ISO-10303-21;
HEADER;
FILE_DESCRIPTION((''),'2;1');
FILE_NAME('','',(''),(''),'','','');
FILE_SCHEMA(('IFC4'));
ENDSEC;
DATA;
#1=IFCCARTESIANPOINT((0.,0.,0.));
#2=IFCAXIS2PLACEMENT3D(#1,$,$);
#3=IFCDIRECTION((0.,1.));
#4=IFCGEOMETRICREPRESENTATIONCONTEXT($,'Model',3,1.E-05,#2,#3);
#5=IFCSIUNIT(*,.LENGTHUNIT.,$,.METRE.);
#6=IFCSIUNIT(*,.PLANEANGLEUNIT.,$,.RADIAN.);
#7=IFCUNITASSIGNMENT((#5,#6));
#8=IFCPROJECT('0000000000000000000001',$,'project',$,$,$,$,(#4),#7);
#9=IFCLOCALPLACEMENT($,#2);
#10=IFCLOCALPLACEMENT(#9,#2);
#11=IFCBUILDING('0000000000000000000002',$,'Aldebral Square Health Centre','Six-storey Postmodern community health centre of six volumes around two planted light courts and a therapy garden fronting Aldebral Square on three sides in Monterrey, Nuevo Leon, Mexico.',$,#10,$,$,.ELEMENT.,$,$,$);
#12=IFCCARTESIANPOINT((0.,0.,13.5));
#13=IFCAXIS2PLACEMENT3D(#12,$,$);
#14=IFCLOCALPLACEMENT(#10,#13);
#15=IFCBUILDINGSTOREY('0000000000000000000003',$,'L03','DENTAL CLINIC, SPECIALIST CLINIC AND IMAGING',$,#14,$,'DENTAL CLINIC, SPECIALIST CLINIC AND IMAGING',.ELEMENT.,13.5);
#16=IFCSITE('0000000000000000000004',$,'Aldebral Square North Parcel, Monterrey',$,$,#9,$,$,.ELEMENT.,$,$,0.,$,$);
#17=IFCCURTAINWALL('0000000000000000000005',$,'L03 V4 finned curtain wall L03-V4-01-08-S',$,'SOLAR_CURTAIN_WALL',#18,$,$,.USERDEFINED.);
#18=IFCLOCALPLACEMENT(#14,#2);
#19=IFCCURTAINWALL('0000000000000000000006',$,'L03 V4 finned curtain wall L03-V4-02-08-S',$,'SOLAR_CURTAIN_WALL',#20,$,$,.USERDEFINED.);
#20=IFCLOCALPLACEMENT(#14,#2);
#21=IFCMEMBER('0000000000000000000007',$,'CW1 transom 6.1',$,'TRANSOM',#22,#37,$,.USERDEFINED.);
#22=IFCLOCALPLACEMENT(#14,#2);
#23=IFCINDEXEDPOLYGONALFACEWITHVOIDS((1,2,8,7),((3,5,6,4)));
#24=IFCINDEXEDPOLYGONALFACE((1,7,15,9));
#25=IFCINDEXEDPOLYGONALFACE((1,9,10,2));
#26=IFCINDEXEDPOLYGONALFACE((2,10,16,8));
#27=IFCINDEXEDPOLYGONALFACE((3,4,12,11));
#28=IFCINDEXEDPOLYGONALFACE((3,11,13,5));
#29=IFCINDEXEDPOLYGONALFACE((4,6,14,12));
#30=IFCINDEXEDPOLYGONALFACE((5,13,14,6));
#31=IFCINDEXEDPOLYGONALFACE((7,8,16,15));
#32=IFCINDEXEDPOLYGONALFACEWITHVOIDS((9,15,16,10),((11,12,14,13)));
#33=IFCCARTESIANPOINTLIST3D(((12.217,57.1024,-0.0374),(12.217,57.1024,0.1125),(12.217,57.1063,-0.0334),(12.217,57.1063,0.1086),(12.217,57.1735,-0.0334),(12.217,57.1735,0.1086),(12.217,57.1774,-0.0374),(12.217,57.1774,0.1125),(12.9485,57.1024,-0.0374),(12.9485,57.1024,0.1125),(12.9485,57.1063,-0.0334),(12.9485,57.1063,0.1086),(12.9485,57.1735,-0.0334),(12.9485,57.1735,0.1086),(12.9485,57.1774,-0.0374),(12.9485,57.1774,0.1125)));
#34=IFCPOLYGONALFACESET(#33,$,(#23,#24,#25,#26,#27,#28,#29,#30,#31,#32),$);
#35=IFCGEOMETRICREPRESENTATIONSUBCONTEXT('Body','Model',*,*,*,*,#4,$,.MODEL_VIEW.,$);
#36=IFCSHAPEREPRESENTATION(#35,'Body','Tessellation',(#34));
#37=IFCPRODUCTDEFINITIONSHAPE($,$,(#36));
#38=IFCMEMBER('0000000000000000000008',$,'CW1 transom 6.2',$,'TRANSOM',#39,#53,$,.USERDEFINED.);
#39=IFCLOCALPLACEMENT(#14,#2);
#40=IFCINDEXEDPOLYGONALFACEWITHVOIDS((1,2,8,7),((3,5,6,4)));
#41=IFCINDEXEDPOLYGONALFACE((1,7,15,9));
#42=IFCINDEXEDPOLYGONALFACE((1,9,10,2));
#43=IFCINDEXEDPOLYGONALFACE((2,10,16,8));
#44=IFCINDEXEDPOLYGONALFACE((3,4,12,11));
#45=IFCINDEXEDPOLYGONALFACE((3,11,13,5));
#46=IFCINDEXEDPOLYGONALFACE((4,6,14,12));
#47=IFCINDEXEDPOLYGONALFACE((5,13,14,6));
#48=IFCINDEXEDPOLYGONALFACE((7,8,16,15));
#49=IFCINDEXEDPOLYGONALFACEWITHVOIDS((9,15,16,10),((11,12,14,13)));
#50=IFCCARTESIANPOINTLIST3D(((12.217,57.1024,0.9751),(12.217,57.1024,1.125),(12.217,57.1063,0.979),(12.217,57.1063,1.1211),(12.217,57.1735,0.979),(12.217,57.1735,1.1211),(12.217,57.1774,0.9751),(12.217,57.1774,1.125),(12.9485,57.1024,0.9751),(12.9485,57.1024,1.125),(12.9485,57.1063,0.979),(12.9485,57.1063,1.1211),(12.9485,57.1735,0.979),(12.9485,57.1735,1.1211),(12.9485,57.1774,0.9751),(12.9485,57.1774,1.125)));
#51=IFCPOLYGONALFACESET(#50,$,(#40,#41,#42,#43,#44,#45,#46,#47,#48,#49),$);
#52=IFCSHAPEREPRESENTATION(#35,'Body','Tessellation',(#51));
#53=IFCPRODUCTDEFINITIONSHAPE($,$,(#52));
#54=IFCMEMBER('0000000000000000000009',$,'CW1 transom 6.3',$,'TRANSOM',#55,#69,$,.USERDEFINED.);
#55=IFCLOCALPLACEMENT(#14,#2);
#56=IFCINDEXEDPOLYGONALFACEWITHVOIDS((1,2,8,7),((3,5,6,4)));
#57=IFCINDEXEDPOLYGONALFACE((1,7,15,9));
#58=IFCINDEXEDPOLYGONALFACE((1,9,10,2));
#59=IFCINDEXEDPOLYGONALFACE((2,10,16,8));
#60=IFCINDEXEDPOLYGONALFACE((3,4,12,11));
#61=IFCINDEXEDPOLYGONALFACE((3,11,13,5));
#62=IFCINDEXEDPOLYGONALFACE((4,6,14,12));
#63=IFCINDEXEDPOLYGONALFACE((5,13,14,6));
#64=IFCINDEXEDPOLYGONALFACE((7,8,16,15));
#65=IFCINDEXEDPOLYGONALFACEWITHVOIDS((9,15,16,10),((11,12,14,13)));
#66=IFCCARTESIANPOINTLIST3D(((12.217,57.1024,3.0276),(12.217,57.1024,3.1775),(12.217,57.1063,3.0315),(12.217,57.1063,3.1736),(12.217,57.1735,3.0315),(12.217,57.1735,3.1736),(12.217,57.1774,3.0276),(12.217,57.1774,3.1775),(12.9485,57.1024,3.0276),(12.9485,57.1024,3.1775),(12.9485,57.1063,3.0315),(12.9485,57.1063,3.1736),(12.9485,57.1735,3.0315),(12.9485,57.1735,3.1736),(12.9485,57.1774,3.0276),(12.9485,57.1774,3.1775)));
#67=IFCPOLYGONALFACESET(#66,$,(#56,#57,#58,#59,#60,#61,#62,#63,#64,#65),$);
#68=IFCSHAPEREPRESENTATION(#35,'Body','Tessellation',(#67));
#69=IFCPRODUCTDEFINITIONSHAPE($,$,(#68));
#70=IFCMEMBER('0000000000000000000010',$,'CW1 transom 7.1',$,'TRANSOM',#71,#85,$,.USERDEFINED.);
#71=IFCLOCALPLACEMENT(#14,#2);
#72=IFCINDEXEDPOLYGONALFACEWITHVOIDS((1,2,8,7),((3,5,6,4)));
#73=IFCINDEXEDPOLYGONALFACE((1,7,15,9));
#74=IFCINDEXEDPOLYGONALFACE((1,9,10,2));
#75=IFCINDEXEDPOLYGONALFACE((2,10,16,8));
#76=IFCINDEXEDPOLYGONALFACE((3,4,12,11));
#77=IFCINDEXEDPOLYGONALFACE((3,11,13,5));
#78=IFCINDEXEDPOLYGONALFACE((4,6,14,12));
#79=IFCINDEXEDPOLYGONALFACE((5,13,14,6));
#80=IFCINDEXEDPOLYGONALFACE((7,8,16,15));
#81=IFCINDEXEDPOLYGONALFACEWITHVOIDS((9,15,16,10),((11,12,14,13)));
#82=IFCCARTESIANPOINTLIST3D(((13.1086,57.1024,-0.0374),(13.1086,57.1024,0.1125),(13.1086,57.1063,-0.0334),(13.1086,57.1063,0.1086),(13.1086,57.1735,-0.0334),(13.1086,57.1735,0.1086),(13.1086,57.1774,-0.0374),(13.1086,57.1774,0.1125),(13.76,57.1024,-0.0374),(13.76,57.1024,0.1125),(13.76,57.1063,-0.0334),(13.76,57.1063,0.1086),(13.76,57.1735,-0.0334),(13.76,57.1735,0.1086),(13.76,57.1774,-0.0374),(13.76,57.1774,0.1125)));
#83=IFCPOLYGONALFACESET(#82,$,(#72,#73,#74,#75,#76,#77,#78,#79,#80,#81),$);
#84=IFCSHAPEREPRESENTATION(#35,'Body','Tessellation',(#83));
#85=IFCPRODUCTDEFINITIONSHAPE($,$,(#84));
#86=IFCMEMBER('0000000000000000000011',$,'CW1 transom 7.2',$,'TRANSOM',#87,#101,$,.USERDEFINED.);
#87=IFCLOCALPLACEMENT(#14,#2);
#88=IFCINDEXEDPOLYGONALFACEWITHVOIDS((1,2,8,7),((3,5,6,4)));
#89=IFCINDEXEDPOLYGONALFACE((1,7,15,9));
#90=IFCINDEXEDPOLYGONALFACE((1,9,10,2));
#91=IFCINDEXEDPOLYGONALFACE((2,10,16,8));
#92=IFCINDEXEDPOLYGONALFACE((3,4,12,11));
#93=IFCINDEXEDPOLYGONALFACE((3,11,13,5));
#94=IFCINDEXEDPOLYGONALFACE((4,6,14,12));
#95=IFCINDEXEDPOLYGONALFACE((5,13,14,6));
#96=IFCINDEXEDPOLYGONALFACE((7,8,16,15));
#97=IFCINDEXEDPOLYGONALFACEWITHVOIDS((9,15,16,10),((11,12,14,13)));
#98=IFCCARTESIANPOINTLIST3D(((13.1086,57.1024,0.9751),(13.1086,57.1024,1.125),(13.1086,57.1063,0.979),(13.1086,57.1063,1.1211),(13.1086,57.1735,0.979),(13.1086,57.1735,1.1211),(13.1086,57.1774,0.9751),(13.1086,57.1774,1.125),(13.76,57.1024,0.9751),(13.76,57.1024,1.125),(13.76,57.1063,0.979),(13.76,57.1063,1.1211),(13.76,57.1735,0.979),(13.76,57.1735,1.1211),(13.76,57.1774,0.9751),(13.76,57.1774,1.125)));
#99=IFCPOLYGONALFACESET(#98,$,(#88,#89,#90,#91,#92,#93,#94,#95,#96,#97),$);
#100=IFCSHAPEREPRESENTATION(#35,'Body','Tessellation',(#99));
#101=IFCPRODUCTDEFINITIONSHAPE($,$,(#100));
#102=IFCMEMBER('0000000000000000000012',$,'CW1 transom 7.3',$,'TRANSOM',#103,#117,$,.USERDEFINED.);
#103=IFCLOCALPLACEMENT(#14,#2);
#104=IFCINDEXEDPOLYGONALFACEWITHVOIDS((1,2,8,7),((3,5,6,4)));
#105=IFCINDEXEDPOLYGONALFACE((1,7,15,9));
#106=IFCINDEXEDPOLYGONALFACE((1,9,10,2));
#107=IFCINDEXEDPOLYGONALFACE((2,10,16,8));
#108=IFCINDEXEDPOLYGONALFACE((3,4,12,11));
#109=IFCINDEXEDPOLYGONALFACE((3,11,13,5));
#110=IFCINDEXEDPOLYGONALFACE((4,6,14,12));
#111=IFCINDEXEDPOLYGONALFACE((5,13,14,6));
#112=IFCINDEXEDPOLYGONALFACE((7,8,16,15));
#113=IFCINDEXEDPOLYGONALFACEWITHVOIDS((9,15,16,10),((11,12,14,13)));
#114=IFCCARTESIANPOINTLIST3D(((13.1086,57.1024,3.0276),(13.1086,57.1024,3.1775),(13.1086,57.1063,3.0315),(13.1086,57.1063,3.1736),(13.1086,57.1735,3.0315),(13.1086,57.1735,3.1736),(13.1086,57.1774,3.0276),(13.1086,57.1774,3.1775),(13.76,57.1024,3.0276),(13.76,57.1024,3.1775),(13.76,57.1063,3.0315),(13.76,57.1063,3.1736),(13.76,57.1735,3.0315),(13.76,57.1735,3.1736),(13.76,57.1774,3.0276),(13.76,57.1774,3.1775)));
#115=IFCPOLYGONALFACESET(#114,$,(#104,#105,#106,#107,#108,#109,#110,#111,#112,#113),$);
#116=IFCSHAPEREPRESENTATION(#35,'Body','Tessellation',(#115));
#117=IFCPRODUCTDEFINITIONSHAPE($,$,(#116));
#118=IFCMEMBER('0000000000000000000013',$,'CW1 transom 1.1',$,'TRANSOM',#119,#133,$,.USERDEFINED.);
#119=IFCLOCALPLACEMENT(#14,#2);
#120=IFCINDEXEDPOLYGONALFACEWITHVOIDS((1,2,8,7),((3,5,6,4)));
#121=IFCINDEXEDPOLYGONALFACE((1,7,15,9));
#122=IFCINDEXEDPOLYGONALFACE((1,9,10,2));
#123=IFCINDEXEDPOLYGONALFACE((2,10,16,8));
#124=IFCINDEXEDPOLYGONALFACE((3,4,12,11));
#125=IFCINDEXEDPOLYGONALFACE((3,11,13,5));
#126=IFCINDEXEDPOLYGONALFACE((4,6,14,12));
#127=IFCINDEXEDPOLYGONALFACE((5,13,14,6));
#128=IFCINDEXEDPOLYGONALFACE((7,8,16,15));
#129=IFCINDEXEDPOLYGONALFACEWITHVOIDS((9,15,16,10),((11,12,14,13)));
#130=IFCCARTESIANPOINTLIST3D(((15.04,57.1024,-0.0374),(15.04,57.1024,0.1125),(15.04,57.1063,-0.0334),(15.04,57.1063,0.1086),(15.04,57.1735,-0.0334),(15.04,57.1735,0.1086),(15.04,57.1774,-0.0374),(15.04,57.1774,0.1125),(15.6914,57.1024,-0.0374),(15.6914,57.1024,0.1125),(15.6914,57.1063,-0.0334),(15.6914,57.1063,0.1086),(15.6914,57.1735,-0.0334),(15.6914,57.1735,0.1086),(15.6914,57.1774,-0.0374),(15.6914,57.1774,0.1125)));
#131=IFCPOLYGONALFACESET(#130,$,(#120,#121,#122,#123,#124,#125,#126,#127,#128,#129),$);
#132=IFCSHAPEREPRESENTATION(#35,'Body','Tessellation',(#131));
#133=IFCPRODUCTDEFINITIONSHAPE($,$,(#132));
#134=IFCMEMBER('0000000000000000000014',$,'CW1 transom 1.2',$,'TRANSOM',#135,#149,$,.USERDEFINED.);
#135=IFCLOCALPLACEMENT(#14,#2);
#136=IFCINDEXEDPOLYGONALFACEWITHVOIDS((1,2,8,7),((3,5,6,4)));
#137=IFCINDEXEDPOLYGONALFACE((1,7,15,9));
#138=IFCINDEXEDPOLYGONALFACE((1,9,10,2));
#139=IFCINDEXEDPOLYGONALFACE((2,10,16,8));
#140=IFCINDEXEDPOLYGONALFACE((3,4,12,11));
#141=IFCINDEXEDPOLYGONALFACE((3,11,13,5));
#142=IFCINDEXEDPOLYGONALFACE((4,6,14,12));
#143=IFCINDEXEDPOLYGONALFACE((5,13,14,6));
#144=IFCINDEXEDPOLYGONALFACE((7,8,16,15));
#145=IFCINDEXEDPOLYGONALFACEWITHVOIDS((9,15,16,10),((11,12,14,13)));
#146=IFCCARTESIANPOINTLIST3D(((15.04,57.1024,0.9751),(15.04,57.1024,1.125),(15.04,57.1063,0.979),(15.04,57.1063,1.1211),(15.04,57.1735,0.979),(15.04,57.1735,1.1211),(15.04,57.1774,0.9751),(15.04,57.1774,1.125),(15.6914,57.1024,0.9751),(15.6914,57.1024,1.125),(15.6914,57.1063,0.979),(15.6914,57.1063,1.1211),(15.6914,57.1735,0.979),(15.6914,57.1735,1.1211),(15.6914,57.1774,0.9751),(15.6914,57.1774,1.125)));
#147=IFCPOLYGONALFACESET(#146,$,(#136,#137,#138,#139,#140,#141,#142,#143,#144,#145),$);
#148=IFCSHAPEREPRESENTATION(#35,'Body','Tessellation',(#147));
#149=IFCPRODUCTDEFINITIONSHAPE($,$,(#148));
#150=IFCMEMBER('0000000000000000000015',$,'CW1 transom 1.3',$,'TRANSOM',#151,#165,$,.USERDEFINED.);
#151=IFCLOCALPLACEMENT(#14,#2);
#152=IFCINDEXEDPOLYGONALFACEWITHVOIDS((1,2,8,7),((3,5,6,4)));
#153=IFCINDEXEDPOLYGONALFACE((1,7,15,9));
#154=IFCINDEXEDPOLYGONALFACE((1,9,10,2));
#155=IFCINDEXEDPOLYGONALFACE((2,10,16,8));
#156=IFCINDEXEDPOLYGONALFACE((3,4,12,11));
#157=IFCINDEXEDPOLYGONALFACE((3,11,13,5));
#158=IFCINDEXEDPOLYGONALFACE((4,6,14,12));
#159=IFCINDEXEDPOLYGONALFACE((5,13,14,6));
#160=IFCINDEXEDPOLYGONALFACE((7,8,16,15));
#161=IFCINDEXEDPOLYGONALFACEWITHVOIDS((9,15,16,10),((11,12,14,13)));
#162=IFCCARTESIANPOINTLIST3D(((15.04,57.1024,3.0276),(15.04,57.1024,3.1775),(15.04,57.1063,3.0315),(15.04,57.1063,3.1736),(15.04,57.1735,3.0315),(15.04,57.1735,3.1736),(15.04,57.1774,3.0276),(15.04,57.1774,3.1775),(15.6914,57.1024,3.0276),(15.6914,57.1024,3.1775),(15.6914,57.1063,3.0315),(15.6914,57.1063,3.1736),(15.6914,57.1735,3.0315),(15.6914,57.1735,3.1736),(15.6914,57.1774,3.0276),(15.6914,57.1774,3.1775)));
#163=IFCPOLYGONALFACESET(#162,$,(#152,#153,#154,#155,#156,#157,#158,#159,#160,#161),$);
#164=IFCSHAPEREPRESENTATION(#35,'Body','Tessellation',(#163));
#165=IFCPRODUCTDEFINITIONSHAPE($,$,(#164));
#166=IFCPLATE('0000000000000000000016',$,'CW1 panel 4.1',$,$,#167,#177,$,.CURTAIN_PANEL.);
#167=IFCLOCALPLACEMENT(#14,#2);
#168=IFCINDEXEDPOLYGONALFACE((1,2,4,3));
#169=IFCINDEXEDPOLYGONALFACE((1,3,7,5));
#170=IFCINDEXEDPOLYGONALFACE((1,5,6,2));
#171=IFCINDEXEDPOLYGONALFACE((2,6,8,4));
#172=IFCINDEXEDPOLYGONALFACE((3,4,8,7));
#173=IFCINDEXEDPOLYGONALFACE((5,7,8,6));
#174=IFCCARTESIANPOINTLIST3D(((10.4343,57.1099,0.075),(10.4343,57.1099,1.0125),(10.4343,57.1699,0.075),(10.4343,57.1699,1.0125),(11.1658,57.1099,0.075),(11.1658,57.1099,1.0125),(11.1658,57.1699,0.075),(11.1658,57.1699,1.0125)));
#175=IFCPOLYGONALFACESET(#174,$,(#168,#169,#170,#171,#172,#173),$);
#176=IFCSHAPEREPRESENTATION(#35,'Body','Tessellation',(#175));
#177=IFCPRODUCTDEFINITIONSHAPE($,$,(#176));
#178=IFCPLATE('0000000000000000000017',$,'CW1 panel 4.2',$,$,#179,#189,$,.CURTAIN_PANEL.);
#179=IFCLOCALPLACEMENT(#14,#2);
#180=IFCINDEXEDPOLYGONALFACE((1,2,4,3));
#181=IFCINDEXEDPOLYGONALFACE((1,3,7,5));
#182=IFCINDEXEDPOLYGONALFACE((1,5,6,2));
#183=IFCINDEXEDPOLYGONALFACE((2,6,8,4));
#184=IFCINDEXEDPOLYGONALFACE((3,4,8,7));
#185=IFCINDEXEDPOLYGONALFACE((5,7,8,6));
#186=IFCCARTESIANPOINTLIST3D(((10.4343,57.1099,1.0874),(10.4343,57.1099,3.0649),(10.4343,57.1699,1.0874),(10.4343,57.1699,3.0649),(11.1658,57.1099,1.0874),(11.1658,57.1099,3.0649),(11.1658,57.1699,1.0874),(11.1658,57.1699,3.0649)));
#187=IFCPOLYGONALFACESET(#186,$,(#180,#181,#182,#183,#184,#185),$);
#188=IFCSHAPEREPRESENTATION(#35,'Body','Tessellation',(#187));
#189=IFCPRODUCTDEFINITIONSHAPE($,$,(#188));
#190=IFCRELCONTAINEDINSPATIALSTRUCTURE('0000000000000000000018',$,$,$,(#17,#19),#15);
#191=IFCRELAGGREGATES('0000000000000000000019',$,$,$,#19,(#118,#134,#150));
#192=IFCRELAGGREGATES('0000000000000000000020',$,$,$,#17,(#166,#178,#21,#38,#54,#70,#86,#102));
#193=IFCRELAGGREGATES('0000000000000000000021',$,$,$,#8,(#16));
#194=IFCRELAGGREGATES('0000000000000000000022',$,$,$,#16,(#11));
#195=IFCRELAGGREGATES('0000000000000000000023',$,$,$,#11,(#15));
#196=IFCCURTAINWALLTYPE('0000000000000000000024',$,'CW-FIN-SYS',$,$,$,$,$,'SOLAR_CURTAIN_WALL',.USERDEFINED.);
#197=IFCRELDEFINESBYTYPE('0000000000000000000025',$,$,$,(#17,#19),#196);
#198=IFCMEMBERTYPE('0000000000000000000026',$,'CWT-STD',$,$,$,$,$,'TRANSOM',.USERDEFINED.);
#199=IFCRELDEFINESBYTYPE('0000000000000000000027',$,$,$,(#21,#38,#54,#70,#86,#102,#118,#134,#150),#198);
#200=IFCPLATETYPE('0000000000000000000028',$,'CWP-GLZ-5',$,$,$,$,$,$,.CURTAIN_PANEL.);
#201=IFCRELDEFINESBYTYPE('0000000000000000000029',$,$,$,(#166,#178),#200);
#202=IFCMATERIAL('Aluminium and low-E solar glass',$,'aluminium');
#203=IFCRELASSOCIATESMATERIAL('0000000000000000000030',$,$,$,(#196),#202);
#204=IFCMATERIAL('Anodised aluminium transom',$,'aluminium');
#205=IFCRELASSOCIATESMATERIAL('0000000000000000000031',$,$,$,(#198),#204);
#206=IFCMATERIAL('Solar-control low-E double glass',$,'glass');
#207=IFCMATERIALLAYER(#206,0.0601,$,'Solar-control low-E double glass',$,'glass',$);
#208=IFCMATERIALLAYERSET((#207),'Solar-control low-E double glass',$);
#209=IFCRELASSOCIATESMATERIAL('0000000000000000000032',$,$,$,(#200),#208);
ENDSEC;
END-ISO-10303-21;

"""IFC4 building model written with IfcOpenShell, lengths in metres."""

from ifc_helpers import new_model, si_unit, direction, frame, origin, origin_2d, place, context, subcontext, project, spatial, rectangle, hollow_rectangle, extrude, material, layer, layer_set, material_profile, profile_set, type_object, element, aggregate, save


model = new_model("IFC4")

# Units and contexts
model_context = context("Model", 3, precision=1e-05, world=origin(), true_north=direction((0.0, 1.0)))
body_context = subcontext(model_context, "Body", "Model", "MODEL_VIEW")
ifc_project = project(units=[si_unit("LENGTHUNIT", "METRE"), si_unit("PLANEANGLEUNIT", "RADIAN")], contexts=[model_context])

# Site, building, storey
site_placement = place(None, origin())
site = spatial("IfcSite", under=ifc_project, at=site_placement, Name="Aldebral Square North Parcel, Monterrey", CompositionType="ELEMENT", RefElevation=0.0)
building_placement = place(site_placement, origin())
building = spatial("IfcBuilding", under=site, at=building_placement, Name="Aldebral Square Health Centre", Description="Six-storey Postmodern community health centre of six volumes around two planted light courts and a therapy garden fronting Aldebral Square on three sides in Monterrey, Nuevo Leon, Mexico.", CompositionType="ELEMENT")
storey_placement = place(building_placement, frame((0.0, 0.0, 13.5)))
storey = spatial("IfcBuildingStorey", under=building, at=storey_placement, Name="L03", Description="DENTAL CLINIC, SPECIALIST CLINIC AND IMAGING", LongName="DENTAL CLINIC, SPECIALIST CLINIC AND IMAGING", CompositionType="ELEMENT", Elevation=13.5)

# Curtain wall
ifc_material_1 = material(Name="Aluminium and low-E solar glass", Category="aluminium")
curtain_wall_type = type_object("IfcCurtainWallType", Name="CW-FIN-SYS", ElementType="SOLAR_CURTAIN_WALL", PredefinedType="USERDEFINED", material=ifc_material_1)
curtain_wall_1_placement = place(storey_placement, origin())
curtain_wall_1 = element("IfcCurtainWall", 1, at=curtain_wall_1_placement, inside=storey, type_object=curtain_wall_type, Name="L03 V4 finned curtain wall L03-V4-01-08-S", ObjectType="SOLAR_CURTAIN_WALL", PredefinedType="USERDEFINED")

# Curtain wall
curtain_wall_2_placement = place(storey_placement, origin())
curtain_wall_2 = element("IfcCurtainWall", 2, at=curtain_wall_2_placement, inside=storey, type_object=curtain_wall_type, Name="L03 V4 finned curtain wall L03-V4-02-08-S", ObjectType="SOLAR_CURTAIN_WALL", PredefinedType="USERDEFINED")

# Members
ifc_material_2 = material(Name="Anodised aluminium transom", Category="aluminium")
ifc_material_profile_1 = material_profile(ifc_material_2, hollow_rectangle(XDim=0.075, YDim=0.1499, WallThickness=0.0039, at=origin_2d()), Name="CWT 75x150x4")
ifc_profile_set_1 = profile_set([ifc_material_profile_1], Name="Anodised aluminium transom")
member_type_1 = type_object("IfcMemberType", Name="CWT-STD", ElementType="TRANSOM", PredefinedType="USERDEFINED", material=ifc_profile_set_1)
member_1_placement = place(storey_placement, frame((12.217, 57.1399, 0.0376), z_axis=(1.0, 0.0, 0.0), x_axis=(0.0, 1.0, 0.0)))
member_1 = element("IfcMember", 3, at=member_1_placement, type_object=member_type_1, Name="CW1 transom 6.1", ObjectType="TRANSOM", PredefinedType="USERDEFINED", context=body_context, shape_type="SweptSolid", body=[
    extrude(hollow_rectangle(XDim=0.075, YDim=0.1499, WallThickness=0.0039, at=origin_2d()), origin(), (0.0, 0.0, 1.0), 0.7314),
])
member_2_placement = place(storey_placement, frame((12.217, 57.1399, 1.05), z_axis=(1.0, 0.0, 0.0), x_axis=(0.0, 1.0, 0.0)))
member_2 = element("IfcMember", 4, at=member_2_placement, type_object=member_type_1, Name="CW1 transom 6.2", ObjectType="TRANSOM", PredefinedType="USERDEFINED", context=body_context, shape_type="SweptSolid", body=[
    extrude(hollow_rectangle(XDim=0.075, YDim=0.1499, WallThickness=0.0039, at=origin_2d()), origin(), (0.0, 0.0, 1.0), 0.7314),
])
member_3_placement = place(storey_placement, frame((12.217, 57.1399, 3.1025), z_axis=(1.0, 0.0, 0.0), x_axis=(0.0, 1.0, 0.0)))
member_3 = element("IfcMember", 5, at=member_3_placement, type_object=member_type_1, Name="CW1 transom 6.3", ObjectType="TRANSOM", PredefinedType="USERDEFINED", context=body_context, shape_type="SweptSolid", body=[
    extrude(hollow_rectangle(XDim=0.075, YDim=0.1499, WallThickness=0.0039, at=origin_2d()), origin(), (0.0, 0.0, 1.0), 0.7314),
])
member_4_placement = place(storey_placement, frame((13.1086, 57.1399, 0.0376), z_axis=(1.0, 0.0, 0.0), x_axis=(0.0, 1.0, 0.0)))
member_4 = element("IfcMember", 6, at=member_4_placement, type_object=member_type_1, Name="CW1 transom 7.1", ObjectType="TRANSOM", PredefinedType="USERDEFINED", context=body_context, shape_type="SweptSolid", body=[
    extrude(hollow_rectangle(XDim=0.075, YDim=0.1499, WallThickness=0.0039, at=origin_2d()), origin(), (0.0, 0.0, 1.0), 0.6514),
])
member_5_placement = place(storey_placement, frame((13.1086, 57.1399, 1.05), z_axis=(1.0, 0.0, 0.0), x_axis=(0.0, 1.0, 0.0)))
member_5 = element("IfcMember", 7, at=member_5_placement, type_object=member_type_1, Name="CW1 transom 7.2", ObjectType="TRANSOM", PredefinedType="USERDEFINED", context=body_context, shape_type="SweptSolid", body=[
    extrude(hollow_rectangle(XDim=0.075, YDim=0.1499, WallThickness=0.0039, at=origin_2d()), origin(), (0.0, 0.0, 1.0), 0.6514),
])
member_6_placement = place(storey_placement, frame((13.1086, 57.1399, 3.1025), z_axis=(1.0, 0.0, 0.0), x_axis=(0.0, 1.0, 0.0)))
member_6 = element("IfcMember", 8, at=member_6_placement, type_object=member_type_1, Name="CW1 transom 7.3", ObjectType="TRANSOM", PredefinedType="USERDEFINED", context=body_context, shape_type="SweptSolid", body=[
    extrude(hollow_rectangle(XDim=0.075, YDim=0.1499, WallThickness=0.0039, at=origin_2d()), origin(), (0.0, 0.0, 1.0), 0.6514),
])
member_7_placement = place(storey_placement, frame((15.04, 57.1399, 0.0376), z_axis=(1.0, 0.0, 0.0), x_axis=(0.0, 1.0, 0.0)))
member_7 = element("IfcMember", 9, at=member_7_placement, type_object=member_type_1, Name="CW1 transom 1.1", ObjectType="TRANSOM", PredefinedType="USERDEFINED", context=body_context, shape_type="SweptSolid", body=[
    extrude(hollow_rectangle(XDim=0.075, YDim=0.1499, WallThickness=0.0039, at=origin_2d()), origin(), (0.0, 0.0, 1.0), 0.6514),
])
member_8_placement = place(storey_placement, frame((15.04, 57.1399, 1.05), z_axis=(1.0, 0.0, 0.0), x_axis=(0.0, 1.0, 0.0)))
member_8 = element("IfcMember", 10, at=member_8_placement, type_object=member_type_1, Name="CW1 transom 1.2", ObjectType="TRANSOM", PredefinedType="USERDEFINED", context=body_context, shape_type="SweptSolid", body=[
    extrude(hollow_rectangle(XDim=0.075, YDim=0.1499, WallThickness=0.0039, at=origin_2d()), origin(), (0.0, 0.0, 1.0), 0.6514),
])
member_9_placement = place(storey_placement, frame((15.04, 57.1399, 3.1025), z_axis=(1.0, 0.0, 0.0), x_axis=(0.0, 1.0, 0.0)))
member_9 = element("IfcMember", 11, at=member_9_placement, type_object=member_type_1, Name="CW1 transom 1.3", ObjectType="TRANSOM", PredefinedType="USERDEFINED", context=body_context, shape_type="SweptSolid", body=[
    extrude(hollow_rectangle(XDim=0.075, YDim=0.1499, WallThickness=0.0039, at=origin_2d()), origin(), (0.0, 0.0, 1.0), 0.6514),
])
aggregate(curtain_wall_2, [member_7, member_8, member_9])

# Plates
ifc_material_3 = material(Name="Solar-control low-E double glass", Category="glass")
ifc_layer = layer(ifc_material_3, 0.0601, Name="Solar-control low-E double glass", Category="glass")
ifc_layer_set = layer_set([ifc_layer], Name="Solar-control low-E double glass")
plate_type = type_object("IfcPlateType", Name="CWP-GLZ-5", PredefinedType="CURTAIN_PANEL", material=ifc_layer_set)
plate_1_placement = place(storey_placement, frame((10.8, 57.1399, 0.075), z_axis=(0.0, 0.0, 1.0), x_axis=(1.0, 0.0, 0.0)))
plate_1 = element("IfcPlate", 12, at=plate_1_placement, type_object=plate_type, Name="CW1 panel 4.1", PredefinedType="CURTAIN_PANEL", context=body_context, shape_type="SweptSolid", body=[
    extrude(rectangle(XDim=0.7314, YDim=0.0601, at=origin_2d()), origin(), (0.0, 0.0, 1.0), 0.9375),
])
plate_2_placement = place(storey_placement, frame((10.8, 57.1399, 1.0874), z_axis=(0.0, 0.0, 1.0), x_axis=(1.0, 0.0, 0.0)))
plate_2 = element("IfcPlate", 13, at=plate_2_placement, type_object=plate_type, Name="CW1 panel 4.2", PredefinedType="CURTAIN_PANEL", context=body_context, shape_type="SweptSolid", body=[
    extrude(rectangle(XDim=0.7314, YDim=0.0601, at=origin_2d()), origin(), (0.0, 0.0, 1.0), 1.9775),
])
aggregate(curtain_wall_1, [plate_1, plate_2, member_1, member_2, member_3, member_4, member_5, member_6])

save(model, "model.ifc")
